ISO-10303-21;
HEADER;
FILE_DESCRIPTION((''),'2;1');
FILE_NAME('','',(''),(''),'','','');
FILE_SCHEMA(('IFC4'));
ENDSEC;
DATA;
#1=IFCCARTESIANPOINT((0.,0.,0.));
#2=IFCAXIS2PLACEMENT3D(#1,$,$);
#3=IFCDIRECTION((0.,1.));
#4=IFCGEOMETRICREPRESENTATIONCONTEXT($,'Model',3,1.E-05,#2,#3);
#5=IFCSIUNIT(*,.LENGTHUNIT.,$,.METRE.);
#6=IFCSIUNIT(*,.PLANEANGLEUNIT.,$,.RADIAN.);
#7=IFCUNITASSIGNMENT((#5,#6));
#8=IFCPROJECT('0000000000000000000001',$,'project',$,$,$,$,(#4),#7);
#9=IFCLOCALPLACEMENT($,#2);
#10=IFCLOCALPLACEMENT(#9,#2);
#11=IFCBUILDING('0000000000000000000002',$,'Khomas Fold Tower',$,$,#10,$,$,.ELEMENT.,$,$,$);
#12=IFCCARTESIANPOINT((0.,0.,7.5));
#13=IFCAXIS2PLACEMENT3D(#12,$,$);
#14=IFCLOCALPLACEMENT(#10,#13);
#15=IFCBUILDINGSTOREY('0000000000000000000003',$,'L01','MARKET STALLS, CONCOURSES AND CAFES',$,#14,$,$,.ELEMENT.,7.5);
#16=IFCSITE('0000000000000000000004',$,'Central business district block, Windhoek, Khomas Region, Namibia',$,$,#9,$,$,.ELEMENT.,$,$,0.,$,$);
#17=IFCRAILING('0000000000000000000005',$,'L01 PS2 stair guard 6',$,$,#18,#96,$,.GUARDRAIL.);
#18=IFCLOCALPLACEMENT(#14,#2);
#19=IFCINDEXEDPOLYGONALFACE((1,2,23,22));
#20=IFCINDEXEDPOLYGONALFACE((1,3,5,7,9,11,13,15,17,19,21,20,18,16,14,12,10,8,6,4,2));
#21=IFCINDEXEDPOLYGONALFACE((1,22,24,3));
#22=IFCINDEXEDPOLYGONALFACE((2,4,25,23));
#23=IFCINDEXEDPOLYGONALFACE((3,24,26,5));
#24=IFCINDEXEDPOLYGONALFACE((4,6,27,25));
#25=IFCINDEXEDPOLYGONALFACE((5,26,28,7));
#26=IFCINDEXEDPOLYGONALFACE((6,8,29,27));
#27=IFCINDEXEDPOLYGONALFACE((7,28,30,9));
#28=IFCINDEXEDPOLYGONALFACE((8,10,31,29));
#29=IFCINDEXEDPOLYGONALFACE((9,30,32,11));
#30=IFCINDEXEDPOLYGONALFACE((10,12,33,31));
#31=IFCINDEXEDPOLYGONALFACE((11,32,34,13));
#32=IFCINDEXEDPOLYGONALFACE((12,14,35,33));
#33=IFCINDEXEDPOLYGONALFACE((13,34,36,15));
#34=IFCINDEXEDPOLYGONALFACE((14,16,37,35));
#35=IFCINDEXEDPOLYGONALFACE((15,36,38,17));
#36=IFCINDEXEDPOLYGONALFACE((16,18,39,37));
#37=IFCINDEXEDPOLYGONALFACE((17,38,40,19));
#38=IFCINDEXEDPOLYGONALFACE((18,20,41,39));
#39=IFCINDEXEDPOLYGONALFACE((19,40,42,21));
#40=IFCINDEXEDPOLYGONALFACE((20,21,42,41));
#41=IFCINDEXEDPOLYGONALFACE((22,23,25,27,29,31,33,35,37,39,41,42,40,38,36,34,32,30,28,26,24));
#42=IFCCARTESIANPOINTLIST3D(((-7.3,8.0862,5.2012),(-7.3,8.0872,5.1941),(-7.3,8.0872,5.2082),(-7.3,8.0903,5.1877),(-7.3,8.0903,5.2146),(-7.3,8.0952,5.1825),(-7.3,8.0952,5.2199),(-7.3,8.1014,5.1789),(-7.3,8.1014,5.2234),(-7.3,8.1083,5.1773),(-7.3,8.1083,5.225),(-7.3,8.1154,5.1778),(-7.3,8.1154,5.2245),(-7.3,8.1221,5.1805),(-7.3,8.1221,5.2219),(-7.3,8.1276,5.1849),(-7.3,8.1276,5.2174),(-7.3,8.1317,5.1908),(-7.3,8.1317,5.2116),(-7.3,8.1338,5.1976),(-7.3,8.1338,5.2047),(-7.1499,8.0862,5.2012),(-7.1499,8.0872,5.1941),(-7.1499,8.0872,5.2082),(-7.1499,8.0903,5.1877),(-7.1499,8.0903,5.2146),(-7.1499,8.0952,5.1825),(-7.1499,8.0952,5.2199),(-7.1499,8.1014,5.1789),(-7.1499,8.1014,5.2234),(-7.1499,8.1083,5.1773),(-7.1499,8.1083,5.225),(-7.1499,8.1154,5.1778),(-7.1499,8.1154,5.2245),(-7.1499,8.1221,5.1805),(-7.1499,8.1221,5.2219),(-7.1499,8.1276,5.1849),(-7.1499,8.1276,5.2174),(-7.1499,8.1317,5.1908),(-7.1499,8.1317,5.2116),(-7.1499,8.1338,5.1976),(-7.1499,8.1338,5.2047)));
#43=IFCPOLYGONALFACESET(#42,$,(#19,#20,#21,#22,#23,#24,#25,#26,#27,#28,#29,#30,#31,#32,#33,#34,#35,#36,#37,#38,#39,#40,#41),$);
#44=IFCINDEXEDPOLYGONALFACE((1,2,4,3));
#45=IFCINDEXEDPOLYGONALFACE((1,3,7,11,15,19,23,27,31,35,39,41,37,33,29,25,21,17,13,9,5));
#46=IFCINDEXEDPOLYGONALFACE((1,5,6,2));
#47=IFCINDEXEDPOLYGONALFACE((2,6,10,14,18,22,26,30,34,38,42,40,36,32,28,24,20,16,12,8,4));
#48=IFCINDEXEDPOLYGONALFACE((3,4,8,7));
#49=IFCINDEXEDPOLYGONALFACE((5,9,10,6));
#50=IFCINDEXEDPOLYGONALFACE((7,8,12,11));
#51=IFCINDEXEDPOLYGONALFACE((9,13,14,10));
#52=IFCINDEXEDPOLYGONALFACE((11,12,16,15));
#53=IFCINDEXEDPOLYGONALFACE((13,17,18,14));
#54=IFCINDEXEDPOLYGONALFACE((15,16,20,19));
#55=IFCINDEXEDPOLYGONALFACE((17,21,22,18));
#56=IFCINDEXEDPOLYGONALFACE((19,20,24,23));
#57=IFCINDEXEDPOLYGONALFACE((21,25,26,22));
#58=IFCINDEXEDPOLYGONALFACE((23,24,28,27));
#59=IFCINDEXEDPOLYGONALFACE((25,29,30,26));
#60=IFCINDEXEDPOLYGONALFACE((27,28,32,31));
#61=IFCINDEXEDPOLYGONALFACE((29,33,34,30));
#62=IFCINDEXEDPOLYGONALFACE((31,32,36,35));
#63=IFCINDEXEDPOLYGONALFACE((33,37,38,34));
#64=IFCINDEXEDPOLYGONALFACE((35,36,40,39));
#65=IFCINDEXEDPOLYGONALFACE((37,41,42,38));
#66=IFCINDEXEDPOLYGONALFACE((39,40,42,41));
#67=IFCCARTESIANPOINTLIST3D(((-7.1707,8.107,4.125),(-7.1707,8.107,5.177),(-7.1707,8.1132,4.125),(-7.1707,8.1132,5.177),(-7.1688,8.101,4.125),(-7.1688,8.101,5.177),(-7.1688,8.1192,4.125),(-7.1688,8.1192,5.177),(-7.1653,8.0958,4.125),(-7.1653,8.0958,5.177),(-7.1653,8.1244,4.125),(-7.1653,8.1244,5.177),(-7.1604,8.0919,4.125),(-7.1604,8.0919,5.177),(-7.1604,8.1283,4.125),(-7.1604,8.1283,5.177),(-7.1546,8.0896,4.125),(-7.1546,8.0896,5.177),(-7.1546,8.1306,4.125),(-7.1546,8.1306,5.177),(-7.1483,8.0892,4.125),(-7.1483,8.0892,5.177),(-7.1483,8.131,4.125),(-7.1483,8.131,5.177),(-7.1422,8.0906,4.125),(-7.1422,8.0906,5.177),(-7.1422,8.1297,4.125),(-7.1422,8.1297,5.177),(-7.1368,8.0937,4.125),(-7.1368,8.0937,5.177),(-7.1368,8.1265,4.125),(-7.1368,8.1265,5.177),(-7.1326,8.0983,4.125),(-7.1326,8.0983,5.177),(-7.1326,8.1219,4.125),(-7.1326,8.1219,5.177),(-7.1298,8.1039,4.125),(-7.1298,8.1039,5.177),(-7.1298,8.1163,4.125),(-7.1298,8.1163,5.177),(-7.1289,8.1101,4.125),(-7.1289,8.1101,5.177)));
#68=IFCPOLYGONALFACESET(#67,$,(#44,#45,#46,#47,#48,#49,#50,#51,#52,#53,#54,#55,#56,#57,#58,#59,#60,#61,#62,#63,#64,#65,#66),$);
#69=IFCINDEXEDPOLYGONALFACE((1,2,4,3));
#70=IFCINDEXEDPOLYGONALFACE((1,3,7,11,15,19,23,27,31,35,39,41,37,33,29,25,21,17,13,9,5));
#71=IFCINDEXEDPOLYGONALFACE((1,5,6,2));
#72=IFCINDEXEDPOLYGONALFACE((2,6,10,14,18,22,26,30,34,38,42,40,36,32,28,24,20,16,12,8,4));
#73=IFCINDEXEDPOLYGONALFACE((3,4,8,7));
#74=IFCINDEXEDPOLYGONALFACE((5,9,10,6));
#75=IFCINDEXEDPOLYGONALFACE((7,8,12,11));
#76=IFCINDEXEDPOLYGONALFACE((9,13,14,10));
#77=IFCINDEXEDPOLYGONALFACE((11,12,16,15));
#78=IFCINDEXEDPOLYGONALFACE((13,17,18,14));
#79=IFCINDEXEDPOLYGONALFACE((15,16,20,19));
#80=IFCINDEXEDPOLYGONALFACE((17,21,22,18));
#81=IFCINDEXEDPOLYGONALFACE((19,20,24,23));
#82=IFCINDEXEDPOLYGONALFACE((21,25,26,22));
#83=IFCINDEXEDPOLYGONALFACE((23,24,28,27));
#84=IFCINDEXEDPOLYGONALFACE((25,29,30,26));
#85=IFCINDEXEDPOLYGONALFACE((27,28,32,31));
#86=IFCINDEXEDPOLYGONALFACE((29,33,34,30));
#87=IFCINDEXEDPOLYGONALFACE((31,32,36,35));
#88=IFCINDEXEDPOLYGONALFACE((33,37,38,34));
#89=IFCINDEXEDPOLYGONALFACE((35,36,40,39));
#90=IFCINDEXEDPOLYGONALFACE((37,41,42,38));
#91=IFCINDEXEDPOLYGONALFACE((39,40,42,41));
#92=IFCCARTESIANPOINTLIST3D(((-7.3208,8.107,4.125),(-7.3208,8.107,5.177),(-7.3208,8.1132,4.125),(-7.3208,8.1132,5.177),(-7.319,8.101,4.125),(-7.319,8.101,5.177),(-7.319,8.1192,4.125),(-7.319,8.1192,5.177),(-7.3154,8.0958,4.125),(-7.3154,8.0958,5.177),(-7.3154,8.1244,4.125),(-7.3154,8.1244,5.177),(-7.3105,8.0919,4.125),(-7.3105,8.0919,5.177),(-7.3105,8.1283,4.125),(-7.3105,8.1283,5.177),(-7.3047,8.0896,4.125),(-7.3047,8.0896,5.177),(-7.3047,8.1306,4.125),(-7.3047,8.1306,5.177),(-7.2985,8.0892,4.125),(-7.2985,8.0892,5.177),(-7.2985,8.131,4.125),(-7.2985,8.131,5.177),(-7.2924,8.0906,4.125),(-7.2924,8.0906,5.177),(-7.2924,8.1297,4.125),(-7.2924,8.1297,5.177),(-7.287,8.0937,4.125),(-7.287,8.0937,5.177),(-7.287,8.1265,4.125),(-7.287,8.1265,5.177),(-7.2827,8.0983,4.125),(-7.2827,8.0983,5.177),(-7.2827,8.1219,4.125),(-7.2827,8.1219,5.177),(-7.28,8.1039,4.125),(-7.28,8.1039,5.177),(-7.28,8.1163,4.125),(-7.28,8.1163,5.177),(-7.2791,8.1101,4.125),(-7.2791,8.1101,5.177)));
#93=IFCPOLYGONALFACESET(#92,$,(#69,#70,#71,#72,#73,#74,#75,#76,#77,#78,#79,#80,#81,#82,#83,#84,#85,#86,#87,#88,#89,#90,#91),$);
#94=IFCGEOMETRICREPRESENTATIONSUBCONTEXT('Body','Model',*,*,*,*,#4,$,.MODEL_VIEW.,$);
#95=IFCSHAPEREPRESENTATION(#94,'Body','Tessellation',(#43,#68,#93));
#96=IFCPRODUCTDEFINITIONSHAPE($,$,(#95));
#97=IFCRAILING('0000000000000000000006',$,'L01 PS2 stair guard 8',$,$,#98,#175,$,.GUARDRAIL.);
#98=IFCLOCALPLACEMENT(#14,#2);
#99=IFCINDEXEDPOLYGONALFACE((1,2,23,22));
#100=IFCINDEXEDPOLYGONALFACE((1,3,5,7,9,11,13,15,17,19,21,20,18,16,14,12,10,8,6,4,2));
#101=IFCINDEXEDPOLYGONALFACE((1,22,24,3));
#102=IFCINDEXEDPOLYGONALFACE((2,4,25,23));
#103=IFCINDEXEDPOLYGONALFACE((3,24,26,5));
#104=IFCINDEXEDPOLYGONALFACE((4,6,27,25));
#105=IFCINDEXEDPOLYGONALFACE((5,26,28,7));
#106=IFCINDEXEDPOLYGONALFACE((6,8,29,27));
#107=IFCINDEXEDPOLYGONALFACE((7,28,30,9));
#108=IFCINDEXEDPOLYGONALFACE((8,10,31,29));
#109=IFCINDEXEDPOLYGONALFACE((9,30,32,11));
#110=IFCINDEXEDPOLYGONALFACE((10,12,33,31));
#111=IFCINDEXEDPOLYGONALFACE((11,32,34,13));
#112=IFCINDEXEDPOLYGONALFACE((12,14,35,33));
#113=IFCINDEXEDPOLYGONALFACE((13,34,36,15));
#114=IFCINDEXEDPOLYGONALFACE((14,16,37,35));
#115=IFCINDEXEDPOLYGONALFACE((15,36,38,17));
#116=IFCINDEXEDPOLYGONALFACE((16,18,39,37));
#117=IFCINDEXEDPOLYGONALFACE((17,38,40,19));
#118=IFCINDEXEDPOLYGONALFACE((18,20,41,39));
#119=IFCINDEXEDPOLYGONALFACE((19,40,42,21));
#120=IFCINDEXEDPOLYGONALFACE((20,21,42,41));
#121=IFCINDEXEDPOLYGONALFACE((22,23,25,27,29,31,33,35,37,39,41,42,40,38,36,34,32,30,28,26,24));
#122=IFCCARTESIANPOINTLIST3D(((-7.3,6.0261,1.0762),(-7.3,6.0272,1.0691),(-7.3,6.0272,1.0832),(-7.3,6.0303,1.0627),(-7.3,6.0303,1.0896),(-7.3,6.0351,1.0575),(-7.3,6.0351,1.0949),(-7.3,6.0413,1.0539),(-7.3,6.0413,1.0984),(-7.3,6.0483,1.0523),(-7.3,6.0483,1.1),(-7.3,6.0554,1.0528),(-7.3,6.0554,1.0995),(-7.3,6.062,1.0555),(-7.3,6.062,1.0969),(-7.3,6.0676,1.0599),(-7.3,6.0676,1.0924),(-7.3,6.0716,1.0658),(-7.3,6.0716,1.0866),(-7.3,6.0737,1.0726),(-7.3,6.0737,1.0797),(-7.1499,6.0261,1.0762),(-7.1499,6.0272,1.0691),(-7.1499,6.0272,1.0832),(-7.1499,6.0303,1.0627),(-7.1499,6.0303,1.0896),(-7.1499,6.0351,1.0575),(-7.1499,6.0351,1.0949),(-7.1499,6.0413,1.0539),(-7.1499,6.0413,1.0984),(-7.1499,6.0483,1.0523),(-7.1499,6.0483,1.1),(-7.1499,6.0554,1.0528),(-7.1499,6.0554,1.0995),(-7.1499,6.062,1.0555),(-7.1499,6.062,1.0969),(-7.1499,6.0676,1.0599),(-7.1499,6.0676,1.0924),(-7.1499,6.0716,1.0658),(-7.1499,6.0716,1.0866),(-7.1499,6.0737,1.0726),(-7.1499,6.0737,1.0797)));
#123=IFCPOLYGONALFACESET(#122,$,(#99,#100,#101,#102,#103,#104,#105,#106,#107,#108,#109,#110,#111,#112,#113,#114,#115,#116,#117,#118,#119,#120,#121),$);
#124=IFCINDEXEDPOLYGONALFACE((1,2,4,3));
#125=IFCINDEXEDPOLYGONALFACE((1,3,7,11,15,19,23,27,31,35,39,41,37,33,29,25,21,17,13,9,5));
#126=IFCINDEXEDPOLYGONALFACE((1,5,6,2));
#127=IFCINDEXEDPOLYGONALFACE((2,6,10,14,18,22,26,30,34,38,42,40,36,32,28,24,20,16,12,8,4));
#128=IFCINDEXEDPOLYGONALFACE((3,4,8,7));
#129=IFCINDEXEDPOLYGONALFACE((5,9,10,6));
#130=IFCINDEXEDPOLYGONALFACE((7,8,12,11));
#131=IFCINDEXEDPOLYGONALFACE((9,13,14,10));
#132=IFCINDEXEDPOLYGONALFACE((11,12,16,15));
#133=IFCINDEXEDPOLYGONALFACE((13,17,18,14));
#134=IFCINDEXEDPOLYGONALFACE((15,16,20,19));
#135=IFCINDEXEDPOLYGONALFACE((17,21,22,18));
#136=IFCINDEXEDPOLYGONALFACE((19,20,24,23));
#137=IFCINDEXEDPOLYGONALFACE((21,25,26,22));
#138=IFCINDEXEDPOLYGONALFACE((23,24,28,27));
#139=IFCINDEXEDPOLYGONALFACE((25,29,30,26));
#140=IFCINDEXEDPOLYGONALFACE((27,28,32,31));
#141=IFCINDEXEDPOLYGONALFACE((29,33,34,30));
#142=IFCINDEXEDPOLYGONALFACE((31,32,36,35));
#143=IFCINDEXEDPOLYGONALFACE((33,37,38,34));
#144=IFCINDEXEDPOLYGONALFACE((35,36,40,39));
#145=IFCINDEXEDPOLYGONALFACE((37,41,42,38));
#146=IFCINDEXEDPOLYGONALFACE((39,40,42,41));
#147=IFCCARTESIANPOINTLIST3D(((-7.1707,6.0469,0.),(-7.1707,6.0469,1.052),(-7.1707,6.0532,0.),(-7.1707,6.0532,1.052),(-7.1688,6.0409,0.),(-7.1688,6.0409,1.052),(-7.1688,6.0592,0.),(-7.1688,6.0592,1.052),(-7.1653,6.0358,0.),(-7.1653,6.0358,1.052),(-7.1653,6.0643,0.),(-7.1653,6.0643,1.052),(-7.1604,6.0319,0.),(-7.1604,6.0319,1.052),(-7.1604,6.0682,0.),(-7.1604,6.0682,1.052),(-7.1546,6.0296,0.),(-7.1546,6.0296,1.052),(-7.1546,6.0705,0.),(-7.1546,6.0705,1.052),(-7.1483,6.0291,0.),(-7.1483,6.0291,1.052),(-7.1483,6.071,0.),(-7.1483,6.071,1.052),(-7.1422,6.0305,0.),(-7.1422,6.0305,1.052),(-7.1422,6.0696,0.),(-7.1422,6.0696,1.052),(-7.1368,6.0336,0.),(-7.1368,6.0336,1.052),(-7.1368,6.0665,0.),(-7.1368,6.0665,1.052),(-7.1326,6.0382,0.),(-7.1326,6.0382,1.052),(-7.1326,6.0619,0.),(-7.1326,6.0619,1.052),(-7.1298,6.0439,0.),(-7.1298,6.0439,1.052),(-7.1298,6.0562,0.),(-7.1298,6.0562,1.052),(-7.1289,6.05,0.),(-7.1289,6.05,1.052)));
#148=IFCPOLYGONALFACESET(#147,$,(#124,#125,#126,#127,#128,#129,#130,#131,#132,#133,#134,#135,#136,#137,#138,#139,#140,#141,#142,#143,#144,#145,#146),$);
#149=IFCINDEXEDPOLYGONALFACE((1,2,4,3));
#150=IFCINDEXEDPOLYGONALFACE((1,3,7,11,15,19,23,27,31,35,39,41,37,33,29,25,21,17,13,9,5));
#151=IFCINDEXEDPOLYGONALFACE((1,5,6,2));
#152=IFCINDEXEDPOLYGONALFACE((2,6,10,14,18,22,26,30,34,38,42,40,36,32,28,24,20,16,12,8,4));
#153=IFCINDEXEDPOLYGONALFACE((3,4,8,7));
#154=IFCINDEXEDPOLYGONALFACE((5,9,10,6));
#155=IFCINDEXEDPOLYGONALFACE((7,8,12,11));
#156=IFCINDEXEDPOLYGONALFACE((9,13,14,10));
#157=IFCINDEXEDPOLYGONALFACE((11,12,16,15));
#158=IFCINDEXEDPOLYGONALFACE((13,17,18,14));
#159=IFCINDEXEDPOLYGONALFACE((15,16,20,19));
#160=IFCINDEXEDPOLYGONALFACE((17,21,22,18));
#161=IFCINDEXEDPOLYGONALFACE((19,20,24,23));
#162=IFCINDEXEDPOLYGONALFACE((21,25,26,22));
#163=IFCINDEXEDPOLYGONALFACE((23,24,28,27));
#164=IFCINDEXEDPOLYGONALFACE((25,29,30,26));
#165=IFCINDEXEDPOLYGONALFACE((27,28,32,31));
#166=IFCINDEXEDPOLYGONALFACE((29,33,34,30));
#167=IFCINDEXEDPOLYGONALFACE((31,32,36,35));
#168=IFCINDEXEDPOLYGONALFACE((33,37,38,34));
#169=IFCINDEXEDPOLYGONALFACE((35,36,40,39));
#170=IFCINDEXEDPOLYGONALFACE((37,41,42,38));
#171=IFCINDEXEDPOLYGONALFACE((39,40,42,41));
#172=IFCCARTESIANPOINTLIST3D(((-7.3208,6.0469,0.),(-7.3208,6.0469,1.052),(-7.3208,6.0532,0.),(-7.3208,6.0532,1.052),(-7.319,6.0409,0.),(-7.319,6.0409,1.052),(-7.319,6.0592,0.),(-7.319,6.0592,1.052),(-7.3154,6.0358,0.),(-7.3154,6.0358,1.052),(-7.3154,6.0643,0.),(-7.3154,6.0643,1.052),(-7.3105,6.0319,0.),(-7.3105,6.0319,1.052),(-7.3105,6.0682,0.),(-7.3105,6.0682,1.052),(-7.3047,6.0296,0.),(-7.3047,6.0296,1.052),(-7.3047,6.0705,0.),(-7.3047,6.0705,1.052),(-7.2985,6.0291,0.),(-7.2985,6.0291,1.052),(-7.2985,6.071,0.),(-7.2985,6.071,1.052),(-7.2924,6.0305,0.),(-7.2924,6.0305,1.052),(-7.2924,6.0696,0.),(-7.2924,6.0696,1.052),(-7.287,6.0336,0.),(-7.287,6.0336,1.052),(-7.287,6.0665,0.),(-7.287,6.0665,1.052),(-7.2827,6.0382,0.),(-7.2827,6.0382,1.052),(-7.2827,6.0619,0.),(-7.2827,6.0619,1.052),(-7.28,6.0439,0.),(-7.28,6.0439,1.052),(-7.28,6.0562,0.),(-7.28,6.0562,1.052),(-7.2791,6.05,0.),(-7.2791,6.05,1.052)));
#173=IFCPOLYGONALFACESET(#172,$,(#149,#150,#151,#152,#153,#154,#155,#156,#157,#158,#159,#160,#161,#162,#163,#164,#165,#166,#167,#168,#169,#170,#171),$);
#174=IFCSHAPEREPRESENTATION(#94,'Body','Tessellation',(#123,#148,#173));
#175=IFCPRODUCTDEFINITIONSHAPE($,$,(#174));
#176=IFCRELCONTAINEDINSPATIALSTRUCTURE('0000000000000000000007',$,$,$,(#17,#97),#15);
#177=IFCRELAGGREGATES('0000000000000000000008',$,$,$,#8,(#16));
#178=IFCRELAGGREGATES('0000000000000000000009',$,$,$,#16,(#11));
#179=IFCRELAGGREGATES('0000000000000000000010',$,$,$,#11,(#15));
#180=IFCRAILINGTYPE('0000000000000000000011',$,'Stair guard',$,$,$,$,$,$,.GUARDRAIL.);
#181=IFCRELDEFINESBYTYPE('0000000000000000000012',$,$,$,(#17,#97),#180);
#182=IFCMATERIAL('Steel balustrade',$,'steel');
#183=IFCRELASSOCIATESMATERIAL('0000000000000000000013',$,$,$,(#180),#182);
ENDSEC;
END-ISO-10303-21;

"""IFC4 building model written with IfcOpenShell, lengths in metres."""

from ifc_helpers import new_model, si_unit, direction, frame, origin, origin_2d, place, context, subcontext, project, spatial, circle, extrude, source, transform, mapped, material, type_object, element, save


model = new_model("IFC4")

# Units and contexts
model_context = context("Model", 3, precision=1e-05, world=origin(), true_north=direction((0.0, 1.0)))
body_context = subcontext(model_context, "Body", "Model", "MODEL_VIEW")
ifc_project = project(units=[si_unit("LENGTHUNIT", "METRE"), si_unit("PLANEANGLEUNIT", "RADIAN")], contexts=[model_context])

# Site, building, storey
site_placement = place(None, origin())
site = spatial("IfcSite", under=ifc_project, at=site_placement, Name="Central business district block, Windhoek, Khomas Region, Namibia", CompositionType="ELEMENT", RefElevation=0.0)
building_placement = place(site_placement, origin())
building = spatial("IfcBuilding", under=site, at=building_placement, Name="Khomas Fold Tower", CompositionType="ELEMENT")
storey_placement = place(building_placement, frame((0.0, 0.0, 7.5)))
storey = spatial("IfcBuildingStorey", under=building, at=storey_placement, Name="L01", Description="MARKET STALLS, CONCOURSES AND CAFES", CompositionType="ELEMENT", Elevation=7.5)

# Railings
ifc_material_1 = material(Name="Steel balustrade", Category="steel")
railing_type_1 = type_object("IfcRailingType", Name="Stair guard", PredefinedType="GUARDRAIL", material=ifc_material_1)
shared_shape_1 = source(origin(), body_context, "Body", "SweptSolid", [
    extrude(circle(Radius=0.0239, at=origin_2d()), frame((0.0, 0.0, 1.0762), z_axis=(-1.0, 0.0, 0.0), x_axis=(0.0, -1.0, 0.0)), (0.0, 0.0, 1.0), 0.1501),
    extrude(circle(Radius=0.021, at=origin_2d()), origin(), (0.0, 0.0, 1.0), 1.052),
    extrude(circle(Radius=0.021, at=origin_2d()), frame((-0.1501, 0.0, 0.0)), (0.0, 0.0, 1.0), 1.052),
])
for number, where, name in (
    (1, (-7.1499, 8.1101, 4.125), "L01 PS2 stair guard 6"),
    (2, (-7.1499, 6.05, 0.0), "L01 PS2 stair guard 8"),
):
    element("IfcRailing", number, at=place(storey_placement, frame(where)), inside=storey, type_object=railing_type_1, Name=name, PredefinedType="GUARDRAIL", context=body_context, shape_type="MappedRepresentation", body=[
        mapped(shared_shape_1, transform((0.0, 0.0, 0.0))),
    ])

save(model, "model.ifc")
